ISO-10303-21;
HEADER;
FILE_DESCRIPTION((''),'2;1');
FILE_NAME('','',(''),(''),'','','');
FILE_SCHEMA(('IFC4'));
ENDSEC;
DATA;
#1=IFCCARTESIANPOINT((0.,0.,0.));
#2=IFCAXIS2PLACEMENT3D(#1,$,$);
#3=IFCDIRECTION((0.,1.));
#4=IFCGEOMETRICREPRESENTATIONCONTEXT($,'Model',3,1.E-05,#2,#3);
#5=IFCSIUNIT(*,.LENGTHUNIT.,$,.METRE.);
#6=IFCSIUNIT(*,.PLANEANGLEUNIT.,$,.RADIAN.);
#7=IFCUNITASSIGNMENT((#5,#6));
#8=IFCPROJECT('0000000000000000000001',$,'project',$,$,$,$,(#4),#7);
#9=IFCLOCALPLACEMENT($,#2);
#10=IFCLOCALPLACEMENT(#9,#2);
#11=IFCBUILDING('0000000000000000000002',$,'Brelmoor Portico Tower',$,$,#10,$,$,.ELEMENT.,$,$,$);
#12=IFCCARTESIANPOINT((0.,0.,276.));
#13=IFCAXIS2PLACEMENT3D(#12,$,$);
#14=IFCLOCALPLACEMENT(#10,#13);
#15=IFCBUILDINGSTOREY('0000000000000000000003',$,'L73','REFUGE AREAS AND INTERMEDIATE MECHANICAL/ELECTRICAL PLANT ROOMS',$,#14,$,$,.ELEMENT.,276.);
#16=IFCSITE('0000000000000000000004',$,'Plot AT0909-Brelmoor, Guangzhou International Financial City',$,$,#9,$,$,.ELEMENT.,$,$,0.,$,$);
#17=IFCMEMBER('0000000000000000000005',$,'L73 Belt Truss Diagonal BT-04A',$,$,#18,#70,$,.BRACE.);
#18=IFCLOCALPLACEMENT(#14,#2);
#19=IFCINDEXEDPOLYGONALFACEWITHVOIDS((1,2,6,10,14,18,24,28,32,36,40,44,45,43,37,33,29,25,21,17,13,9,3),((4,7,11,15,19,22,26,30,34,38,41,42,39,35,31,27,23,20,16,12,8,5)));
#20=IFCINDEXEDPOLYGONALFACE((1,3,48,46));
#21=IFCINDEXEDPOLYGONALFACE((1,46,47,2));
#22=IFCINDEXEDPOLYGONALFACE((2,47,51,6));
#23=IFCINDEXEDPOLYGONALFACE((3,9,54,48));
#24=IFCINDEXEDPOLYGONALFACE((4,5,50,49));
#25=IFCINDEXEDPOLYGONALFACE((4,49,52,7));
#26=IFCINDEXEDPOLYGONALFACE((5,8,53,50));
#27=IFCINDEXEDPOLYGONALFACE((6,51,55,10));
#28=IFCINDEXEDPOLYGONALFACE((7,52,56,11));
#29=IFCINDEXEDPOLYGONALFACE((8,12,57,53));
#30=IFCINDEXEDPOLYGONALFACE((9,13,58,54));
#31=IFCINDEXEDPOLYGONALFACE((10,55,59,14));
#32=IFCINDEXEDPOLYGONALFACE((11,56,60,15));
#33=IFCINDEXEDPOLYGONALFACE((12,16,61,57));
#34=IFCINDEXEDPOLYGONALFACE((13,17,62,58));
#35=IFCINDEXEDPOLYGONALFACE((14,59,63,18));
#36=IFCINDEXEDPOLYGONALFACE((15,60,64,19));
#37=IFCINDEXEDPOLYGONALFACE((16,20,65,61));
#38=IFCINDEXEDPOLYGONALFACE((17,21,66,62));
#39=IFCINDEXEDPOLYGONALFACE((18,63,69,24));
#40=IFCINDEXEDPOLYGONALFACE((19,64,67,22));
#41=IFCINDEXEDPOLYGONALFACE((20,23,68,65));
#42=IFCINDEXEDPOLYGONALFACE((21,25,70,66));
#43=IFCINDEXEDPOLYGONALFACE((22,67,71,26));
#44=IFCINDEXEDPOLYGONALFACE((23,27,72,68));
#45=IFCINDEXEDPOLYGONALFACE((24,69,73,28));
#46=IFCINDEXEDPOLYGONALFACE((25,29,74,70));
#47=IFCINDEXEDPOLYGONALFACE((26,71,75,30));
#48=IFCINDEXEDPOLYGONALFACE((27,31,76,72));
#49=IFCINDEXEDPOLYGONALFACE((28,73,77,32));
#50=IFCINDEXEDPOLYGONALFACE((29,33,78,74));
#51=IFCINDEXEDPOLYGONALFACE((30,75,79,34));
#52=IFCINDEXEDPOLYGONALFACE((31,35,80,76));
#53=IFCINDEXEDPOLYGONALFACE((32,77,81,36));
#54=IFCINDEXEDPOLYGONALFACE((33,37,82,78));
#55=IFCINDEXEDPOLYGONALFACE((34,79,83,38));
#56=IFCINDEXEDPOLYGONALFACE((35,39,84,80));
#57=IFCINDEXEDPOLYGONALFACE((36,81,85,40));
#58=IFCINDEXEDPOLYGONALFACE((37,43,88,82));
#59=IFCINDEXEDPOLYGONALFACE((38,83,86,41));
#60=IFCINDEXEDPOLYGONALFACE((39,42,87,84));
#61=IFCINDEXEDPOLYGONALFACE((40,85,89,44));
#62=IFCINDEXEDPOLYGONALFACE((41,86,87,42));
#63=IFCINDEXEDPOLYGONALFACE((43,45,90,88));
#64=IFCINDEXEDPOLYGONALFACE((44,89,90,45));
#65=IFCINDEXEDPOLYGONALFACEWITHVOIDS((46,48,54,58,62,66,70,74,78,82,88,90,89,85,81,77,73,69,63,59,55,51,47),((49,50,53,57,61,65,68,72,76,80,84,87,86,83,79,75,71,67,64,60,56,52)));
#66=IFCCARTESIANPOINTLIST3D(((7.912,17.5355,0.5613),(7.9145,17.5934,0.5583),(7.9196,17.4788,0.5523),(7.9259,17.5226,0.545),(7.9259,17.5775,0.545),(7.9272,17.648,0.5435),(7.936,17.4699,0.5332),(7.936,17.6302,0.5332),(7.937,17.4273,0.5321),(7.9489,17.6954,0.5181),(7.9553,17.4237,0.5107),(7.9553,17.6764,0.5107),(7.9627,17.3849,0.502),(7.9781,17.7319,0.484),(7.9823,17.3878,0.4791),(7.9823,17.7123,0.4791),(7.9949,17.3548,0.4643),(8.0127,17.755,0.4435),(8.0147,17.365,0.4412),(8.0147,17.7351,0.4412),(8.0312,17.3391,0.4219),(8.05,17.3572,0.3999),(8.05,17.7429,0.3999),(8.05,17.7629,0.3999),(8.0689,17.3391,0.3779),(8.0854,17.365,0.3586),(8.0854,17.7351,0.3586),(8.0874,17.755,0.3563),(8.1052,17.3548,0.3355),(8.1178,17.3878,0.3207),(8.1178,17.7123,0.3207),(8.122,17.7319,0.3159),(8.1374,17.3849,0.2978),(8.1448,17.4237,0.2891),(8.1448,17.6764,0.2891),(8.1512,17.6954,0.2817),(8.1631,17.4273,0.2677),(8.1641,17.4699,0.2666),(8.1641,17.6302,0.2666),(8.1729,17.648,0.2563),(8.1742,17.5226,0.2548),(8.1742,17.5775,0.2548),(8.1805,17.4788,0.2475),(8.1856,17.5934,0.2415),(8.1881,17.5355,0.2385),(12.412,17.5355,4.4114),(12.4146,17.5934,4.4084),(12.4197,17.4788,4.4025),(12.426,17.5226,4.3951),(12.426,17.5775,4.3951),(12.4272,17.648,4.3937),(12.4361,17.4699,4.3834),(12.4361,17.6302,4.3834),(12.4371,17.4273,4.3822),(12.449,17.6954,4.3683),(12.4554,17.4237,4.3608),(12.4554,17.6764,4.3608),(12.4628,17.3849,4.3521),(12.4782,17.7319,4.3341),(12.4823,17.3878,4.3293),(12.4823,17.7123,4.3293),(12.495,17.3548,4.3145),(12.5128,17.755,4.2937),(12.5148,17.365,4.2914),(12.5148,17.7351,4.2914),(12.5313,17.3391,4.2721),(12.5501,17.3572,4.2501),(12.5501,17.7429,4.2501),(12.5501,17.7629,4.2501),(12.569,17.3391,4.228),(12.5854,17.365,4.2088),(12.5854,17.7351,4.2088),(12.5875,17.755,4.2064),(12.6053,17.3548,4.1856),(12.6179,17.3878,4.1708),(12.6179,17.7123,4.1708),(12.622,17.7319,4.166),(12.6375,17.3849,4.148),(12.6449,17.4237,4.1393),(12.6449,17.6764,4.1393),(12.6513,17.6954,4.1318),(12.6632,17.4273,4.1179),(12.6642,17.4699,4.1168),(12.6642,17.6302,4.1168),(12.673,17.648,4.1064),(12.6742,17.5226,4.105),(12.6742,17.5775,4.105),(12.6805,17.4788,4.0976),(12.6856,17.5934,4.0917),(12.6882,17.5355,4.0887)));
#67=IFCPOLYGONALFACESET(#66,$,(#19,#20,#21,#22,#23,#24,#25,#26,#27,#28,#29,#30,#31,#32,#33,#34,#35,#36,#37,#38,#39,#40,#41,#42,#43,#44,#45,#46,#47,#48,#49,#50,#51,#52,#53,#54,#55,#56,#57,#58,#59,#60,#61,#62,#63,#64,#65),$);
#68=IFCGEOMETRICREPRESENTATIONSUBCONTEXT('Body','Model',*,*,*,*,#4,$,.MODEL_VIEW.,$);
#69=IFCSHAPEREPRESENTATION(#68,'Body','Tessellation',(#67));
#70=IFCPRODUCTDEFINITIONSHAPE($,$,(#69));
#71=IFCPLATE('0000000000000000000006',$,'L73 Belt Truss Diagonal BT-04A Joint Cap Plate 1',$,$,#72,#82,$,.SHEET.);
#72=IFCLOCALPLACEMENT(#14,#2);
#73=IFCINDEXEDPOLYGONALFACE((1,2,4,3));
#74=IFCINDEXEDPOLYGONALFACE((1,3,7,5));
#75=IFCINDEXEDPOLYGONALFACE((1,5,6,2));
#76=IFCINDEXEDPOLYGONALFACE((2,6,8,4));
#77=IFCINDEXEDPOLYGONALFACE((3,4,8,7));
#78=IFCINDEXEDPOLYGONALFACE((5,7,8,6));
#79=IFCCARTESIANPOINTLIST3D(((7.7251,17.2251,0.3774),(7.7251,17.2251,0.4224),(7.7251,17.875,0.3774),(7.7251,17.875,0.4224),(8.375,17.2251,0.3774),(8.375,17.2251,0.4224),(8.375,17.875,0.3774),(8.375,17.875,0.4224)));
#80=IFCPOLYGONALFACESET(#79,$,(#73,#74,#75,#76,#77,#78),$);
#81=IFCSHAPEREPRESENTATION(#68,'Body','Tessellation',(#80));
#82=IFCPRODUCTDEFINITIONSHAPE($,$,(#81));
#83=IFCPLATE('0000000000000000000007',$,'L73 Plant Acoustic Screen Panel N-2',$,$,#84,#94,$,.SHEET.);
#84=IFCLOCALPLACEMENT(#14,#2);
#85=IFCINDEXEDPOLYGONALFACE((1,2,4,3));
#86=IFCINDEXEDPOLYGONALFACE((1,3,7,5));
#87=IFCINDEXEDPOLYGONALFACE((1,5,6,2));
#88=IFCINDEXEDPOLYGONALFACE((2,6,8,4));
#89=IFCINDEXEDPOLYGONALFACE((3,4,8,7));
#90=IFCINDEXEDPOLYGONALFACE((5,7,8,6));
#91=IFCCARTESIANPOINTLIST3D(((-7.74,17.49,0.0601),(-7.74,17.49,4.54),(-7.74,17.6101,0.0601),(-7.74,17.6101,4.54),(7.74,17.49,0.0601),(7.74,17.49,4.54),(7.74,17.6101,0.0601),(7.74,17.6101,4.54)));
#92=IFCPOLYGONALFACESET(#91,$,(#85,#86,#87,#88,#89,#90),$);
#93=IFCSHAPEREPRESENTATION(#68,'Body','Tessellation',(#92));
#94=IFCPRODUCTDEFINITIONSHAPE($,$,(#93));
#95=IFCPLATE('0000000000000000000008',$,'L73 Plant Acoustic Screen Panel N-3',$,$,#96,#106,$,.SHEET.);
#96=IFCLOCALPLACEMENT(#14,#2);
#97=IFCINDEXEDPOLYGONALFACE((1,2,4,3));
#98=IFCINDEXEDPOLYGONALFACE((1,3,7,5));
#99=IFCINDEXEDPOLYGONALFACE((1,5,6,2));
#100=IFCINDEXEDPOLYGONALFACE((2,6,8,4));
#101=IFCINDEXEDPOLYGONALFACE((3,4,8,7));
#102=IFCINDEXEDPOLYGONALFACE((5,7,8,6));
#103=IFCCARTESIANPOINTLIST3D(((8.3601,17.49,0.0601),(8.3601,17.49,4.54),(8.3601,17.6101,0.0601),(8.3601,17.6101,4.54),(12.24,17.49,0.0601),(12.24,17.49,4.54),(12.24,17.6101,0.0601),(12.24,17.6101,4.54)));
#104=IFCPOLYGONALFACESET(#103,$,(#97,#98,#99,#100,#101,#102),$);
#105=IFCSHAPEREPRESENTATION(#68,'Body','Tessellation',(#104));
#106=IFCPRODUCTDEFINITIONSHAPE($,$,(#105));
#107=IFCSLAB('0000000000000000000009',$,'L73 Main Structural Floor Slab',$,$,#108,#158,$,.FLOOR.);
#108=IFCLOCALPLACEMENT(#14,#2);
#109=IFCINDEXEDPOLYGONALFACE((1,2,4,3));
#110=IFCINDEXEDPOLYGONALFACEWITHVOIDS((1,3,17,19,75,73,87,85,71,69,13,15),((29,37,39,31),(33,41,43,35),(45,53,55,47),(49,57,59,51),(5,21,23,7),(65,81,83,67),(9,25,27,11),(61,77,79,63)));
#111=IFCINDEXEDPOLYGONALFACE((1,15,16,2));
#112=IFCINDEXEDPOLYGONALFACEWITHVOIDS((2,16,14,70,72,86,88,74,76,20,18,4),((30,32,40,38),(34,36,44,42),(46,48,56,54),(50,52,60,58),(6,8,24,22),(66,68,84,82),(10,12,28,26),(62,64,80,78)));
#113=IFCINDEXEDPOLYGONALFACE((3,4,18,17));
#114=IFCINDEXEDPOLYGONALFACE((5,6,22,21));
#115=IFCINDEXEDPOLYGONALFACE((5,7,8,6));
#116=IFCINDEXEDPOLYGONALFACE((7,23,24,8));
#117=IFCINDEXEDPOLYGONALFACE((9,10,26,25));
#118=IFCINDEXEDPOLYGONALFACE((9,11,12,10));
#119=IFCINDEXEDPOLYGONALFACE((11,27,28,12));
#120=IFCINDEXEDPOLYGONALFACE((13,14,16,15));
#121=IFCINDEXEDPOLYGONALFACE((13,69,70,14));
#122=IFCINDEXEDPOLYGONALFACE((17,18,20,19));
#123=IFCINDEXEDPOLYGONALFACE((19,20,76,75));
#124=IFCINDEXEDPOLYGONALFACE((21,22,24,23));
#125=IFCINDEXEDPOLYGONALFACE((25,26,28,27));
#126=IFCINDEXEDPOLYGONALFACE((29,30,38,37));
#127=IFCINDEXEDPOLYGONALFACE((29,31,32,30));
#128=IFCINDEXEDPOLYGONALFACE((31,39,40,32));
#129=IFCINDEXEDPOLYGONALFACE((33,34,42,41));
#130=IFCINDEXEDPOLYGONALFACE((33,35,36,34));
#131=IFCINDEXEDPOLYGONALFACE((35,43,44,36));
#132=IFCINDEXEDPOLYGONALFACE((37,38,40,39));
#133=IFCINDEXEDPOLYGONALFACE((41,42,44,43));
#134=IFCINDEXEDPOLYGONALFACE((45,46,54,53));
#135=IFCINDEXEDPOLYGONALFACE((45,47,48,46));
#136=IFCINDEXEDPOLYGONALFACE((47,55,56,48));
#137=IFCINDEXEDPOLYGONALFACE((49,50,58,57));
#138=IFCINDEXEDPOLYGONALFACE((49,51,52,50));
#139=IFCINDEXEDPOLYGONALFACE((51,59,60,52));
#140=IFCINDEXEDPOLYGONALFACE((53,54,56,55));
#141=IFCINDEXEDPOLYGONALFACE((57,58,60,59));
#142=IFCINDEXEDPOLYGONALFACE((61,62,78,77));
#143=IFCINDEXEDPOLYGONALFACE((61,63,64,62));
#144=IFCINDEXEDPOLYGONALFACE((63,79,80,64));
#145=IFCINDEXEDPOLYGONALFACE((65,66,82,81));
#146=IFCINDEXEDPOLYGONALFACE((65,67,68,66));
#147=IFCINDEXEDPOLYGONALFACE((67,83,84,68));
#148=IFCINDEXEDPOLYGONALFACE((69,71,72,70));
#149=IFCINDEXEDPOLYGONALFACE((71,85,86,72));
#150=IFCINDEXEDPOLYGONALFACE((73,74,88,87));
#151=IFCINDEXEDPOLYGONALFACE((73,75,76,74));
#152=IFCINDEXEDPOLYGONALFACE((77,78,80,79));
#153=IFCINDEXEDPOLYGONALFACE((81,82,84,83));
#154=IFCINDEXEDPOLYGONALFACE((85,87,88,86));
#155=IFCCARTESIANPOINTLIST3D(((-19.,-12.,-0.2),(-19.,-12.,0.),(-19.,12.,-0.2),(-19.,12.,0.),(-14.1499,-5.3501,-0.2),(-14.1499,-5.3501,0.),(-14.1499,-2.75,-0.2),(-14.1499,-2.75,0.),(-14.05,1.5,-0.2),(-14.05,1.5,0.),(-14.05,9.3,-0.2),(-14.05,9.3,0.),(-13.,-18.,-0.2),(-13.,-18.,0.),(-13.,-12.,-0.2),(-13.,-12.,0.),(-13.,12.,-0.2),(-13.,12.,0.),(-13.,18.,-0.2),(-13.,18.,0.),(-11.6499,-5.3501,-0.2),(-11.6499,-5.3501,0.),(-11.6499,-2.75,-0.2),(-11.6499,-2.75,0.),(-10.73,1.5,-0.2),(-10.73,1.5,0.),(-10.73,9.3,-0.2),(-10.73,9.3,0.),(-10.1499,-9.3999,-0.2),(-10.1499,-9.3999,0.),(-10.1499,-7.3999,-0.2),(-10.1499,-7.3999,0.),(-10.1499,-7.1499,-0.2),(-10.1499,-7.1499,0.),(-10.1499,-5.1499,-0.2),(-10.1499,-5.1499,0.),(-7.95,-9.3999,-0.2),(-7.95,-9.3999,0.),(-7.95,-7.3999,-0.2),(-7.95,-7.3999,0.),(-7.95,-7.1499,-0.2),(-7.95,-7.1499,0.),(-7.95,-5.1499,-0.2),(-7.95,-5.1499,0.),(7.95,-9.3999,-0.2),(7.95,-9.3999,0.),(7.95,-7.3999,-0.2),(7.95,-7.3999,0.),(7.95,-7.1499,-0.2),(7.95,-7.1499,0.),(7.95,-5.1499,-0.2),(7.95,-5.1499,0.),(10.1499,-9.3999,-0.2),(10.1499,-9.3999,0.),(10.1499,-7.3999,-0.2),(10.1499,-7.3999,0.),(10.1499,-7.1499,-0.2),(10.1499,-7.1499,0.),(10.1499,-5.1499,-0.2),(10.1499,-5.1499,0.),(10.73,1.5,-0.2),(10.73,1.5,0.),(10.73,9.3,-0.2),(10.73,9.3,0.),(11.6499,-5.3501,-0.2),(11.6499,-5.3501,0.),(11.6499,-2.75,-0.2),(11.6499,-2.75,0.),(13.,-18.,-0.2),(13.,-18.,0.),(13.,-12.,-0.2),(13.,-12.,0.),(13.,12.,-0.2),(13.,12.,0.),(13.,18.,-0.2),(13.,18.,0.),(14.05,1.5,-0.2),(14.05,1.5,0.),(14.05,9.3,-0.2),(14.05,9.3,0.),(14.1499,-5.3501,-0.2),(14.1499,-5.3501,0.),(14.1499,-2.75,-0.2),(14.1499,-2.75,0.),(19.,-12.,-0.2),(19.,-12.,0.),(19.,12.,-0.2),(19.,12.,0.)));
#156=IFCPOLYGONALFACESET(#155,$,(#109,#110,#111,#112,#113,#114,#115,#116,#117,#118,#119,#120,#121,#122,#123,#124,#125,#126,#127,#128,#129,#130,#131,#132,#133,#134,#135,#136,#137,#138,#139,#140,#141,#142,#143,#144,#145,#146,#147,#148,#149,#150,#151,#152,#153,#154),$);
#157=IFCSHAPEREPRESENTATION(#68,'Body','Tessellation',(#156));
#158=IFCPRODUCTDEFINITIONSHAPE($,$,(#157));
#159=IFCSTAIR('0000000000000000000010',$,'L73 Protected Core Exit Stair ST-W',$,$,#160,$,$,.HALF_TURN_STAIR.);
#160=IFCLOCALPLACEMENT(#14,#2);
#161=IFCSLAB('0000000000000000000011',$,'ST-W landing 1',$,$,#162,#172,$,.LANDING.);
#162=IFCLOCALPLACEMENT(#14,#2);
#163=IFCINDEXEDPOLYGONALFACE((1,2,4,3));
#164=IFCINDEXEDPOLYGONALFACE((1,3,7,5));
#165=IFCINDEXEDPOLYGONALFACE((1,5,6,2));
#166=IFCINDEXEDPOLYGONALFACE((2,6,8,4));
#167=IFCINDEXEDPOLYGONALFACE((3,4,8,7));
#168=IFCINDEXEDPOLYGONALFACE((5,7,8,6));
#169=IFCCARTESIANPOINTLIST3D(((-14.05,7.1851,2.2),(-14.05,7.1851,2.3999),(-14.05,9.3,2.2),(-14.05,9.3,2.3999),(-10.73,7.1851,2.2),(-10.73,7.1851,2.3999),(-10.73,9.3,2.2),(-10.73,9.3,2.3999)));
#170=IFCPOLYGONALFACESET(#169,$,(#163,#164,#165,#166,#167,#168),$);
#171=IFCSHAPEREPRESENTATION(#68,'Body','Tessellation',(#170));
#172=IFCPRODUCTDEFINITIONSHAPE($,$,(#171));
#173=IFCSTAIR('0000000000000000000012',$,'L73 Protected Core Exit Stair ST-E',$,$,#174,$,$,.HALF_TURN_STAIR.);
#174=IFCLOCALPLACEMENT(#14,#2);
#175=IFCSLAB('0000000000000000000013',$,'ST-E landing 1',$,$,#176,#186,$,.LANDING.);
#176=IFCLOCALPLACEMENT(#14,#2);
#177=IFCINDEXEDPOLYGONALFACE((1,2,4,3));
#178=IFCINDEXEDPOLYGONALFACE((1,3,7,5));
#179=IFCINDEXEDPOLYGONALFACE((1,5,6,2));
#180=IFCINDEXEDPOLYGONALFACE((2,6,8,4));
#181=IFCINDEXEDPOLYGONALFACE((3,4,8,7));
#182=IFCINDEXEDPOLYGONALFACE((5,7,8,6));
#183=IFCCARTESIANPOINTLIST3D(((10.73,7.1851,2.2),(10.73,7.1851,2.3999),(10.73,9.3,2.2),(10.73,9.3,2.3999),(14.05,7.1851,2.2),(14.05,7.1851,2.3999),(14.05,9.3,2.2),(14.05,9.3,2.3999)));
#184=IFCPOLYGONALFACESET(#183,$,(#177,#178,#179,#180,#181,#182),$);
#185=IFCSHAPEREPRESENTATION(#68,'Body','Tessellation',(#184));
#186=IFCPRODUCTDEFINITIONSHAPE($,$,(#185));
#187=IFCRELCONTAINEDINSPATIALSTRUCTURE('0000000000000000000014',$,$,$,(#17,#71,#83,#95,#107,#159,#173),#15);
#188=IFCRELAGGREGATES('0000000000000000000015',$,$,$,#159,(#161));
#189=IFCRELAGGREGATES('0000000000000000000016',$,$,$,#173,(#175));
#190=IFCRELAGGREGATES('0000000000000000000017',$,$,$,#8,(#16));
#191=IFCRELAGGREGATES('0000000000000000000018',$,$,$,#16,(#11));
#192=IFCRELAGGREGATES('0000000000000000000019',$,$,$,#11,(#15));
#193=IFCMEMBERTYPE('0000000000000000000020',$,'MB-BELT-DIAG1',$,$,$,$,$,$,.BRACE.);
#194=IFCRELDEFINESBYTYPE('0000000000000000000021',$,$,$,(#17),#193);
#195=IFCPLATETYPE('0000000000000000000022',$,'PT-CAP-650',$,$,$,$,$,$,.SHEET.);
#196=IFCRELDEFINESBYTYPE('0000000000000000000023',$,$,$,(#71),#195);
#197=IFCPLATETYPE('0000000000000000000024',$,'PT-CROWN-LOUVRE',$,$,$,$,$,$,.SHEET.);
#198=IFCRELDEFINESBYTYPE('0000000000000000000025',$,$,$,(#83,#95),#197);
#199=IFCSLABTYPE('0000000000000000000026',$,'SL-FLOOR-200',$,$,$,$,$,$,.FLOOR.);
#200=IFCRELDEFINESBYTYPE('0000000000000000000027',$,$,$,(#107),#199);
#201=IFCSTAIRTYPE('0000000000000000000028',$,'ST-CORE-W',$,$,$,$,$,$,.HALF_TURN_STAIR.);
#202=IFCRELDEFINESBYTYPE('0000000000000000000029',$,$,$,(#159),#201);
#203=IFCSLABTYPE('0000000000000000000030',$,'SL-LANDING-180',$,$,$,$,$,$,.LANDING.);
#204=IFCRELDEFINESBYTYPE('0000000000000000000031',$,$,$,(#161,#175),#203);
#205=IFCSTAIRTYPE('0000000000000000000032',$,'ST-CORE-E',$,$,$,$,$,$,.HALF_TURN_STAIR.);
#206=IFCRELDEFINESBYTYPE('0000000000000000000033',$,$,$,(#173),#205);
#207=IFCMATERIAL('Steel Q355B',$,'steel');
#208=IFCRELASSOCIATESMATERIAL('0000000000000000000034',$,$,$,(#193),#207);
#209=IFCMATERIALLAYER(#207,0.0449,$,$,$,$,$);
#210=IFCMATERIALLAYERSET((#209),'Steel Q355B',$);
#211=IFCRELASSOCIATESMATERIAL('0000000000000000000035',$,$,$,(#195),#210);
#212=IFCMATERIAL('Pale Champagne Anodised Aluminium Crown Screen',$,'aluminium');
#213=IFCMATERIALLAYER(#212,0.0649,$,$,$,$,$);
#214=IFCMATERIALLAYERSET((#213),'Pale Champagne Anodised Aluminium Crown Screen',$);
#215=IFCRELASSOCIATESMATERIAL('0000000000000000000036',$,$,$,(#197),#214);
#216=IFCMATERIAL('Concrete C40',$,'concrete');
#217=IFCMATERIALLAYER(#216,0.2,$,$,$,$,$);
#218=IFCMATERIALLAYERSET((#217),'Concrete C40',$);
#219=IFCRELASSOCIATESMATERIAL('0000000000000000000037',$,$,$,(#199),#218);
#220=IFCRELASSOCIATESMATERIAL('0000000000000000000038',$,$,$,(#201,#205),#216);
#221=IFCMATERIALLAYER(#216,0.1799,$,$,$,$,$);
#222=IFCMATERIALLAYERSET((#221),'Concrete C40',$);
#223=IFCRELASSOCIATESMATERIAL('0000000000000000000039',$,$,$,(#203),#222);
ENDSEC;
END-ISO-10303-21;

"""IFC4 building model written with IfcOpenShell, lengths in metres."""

from ifc_helpers import new_model, si_unit, direction, frame, origin, origin_2d, place, context, subcontext, project, spatial, polyline, rectangle, hollow_circle, outline, extrude, material, layer, layer_set, material_profile, profile_set, type_object, element, aggregate, save


model = new_model("IFC4")

# Units and contexts
model_context = context("Model", 3, precision=1e-05, world=origin(), true_north=direction((0.0, 1.0)))
body_context = subcontext(model_context, "Body", "Model", "MODEL_VIEW")
ifc_project = project(units=[si_unit("LENGTHUNIT", "METRE"), si_unit("PLANEANGLEUNIT", "RADIAN")], contexts=[model_context])

# Site, building, storey
site_placement = place(None, origin())
site = spatial("IfcSite", under=ifc_project, at=site_placement, Name="Plot AT0909-Brelmoor, Guangzhou International Financial City", CompositionType="ELEMENT", RefElevation=0.0)
building_placement = place(site_placement, origin())
building = spatial("IfcBuilding", under=site, at=building_placement, Name="Brelmoor Portico Tower", CompositionType="ELEMENT")
storey_placement = place(building_placement, frame((0.0, 0.0, 276.0)))
storey = spatial("IfcBuildingStorey", under=building, at=storey_placement, Name="L73", Description="REFUGE AREAS AND INTERMEDIATE MECHANICAL/ELECTRICAL PLANT ROOMS", CompositionType="ELEMENT", Elevation=276.0)

# Shared definitions
ifc_material_1 = material(Name="Steel Q355B", Category="steel")

# Member
ifc_material_profile_1 = material_profile(ifc_material_1, hollow_circle(Radius=0.2129, WallThickness=0.02, at=origin_2d()), Name="CHS 426x20")
ifc_profile_set_1 = profile_set([ifc_material_profile_1], Name="Steel Q355B")
member_type_1 = type_object("IfcMemberType", Name="MB-BELT-DIAG1", PredefinedType="BRACE", material=ifc_profile_set_1)
member_1_placement = place(storey_placement, frame((8.05, 17.55, 0.3999), z_axis=(0.759844, 0.0, 0.650105), x_axis=(0.0, 1.0, 0.0)))
element("IfcMember", 1, at=member_1_placement, inside=storey, type_object=member_type_1, Name="L73 Belt Truss Diagonal BT-04A", PredefinedType="BRACE", context=body_context, shape_type="SweptSolid", body=[
    extrude(hollow_circle(Radius=0.2129, WallThickness=0.02, at=origin_2d()), origin(), (0.0, 0.0, 1.0), 5.9224),
])

# Plates
ifc_layer_1 = layer(ifc_material_1, 0.0449)
ifc_layer_set_1 = layer_set([ifc_layer_1], Name="Steel Q355B")
plate_type_1 = type_object("IfcPlateType", Name="PT-CAP-650", PredefinedType="SHEET", material=ifc_layer_set_1)
plate_1_placement = place(storey_placement, frame((8.05, 17.55, 0.3774), z_axis=(0.0, 0.0, 1.0), x_axis=(1.0, 0.0, 0.0)))
element("IfcPlate", 2, at=plate_1_placement, inside=storey, type_object=plate_type_1, Name="L73 Belt Truss Diagonal BT-04A Joint Cap Plate 1", PredefinedType="SHEET", context=body_context, shape_type="SweptSolid", body=[
    extrude(rectangle(XDim=0.6499, YDim=0.6499, at=origin_2d()), origin(), (0.0, 0.0, 1.0), 0.0449),
])
ifc_material_2 = material(Name="Pale Champagne Anodised Aluminium Crown Screen", Category="aluminium")
ifc_layer_2 = layer(ifc_material_2, 0.0649)
ifc_layer_set_2 = layer_set([ifc_layer_2], Name="Pale Champagne Anodised Aluminium Crown Screen")
plate_type_2 = type_object("IfcPlateType", Name="PT-CROWN-LOUVRE", PredefinedType="SHEET", material=ifc_layer_set_2)
plate_2_placement = place(storey_placement, frame((0.0, 17.55, 0.0601), z_axis=(0.0, 0.0, 1.0), x_axis=(1.0, 0.0, 0.0)))
element("IfcPlate", 3, at=plate_2_placement, inside=storey, type_object=plate_type_2, Name="L73 Plant Acoustic Screen Panel N-2", PredefinedType="SHEET", context=body_context, shape_type="SweptSolid", body=[
    extrude(rectangle(XDim=15.48, YDim=0.1201, at=origin_2d()), origin(), (0.0, 0.0, 1.0), 4.48),
])
plate_3_placement = place(storey_placement, frame((10.3, 17.55, 0.0601), z_axis=(0.0, 0.0, 1.0), x_axis=(1.0, 0.0, 0.0)))
element("IfcPlate", 4, at=plate_3_placement, inside=storey, type_object=plate_type_2, Name="L73 Plant Acoustic Screen Panel N-3", PredefinedType="SHEET", context=body_context, shape_type="SweptSolid", body=[
    extrude(rectangle(XDim=3.8799, YDim=0.1201, at=origin_2d()), origin(), (0.0, 0.0, 1.0), 4.48),
])

# Slab
ifc_material_3 = material(Name="Concrete C40", Category="concrete")
ifc_layer_3 = layer(ifc_material_3, 0.2)
ifc_layer_set_3 = layer_set([ifc_layer_3], Name="Concrete C40")
slab_type_1 = type_object("IfcSlabType", Name="SL-FLOOR-200", PredefinedType="FLOOR", material=ifc_layer_set_3)
slab_1_placement = place(storey_placement, frame((0.0, 0.0, -0.2)))
element("IfcSlab", 5, at=slab_1_placement, inside=storey, type_object=slab_type_1, Name="L73 Main Structural Floor Slab", PredefinedType="FLOOR", context=body_context, shape_type="SweptSolid", body=[
    extrude(outline(polyline([(-13.0, -18.0), (13.0, -18.0), (13.0, -12.0), (19.0, -12.0), (19.0, 12.0), (13.0, 12.0), (13.0, 18.0), (-13.0, 18.0), (-13.0, 12.0), (-19.0, 12.0), (-19.0, -12.0), (-13.0, -12.0), (-13.0, -18.0)]), holes=[polyline([(-10.73, 1.5), (-10.73, 9.3), (-14.05, 9.3), (-14.05, 1.5), (-10.73, 1.5)]), polyline([(14.05, 1.5), (14.05, 9.3), (10.73, 9.3), (10.73, 1.5), (14.05, 1.5)]), polyline([(-10.1499, -9.3999), (-7.95, -9.3999), (-7.95, -7.3999), (-10.1499, -7.3999), (-10.1499, -9.3999)]), polyline([(-10.1499, -7.1499), (-7.95, -7.1499), (-7.95, -5.1499), (-10.1499, -5.1499), (-10.1499, -7.1499)]), polyline([(7.95, -9.3999), (10.1499, -9.3999), (10.1499, -7.3999), (7.95, -7.3999), (7.95, -9.3999)]), polyline([(7.95, -7.1499), (10.1499, -7.1499), (10.1499, -5.1499), (7.95, -5.1499), (7.95, -7.1499)]), polyline([(-14.1499, -5.3501), (-11.6499, -5.3501), (-11.6499, -2.75), (-14.1499, -2.75), (-14.1499, -5.3501)]), polyline([(11.6499, -5.3501), (14.1499, -5.3501), (14.1499, -2.75), (11.6499, -2.75), (11.6499, -5.3501)])]), origin(), (0.0, 0.0, 1.0), 0.2),
])

# Stairs, slabs
stair_type_1 = type_object("IfcStairType", Name="ST-CORE-W", PredefinedType="HALF_TURN_STAIR", material=ifc_material_3)
stair_1_placement = place(storey_placement, origin())
stair_1 = element("IfcStair", 6, at=stair_1_placement, inside=storey, type_object=stair_type_1, Name="L73 Protected Core Exit Stair ST-W", PredefinedType="HALF_TURN_STAIR")
ifc_layer_4 = layer(ifc_material_3, 0.1799)
ifc_layer_set_4 = layer_set([ifc_layer_4], Name="Concrete C40")
slab_type_2 = type_object("IfcSlabType", Name="SL-LANDING-180", PredefinedType="LANDING", material=ifc_layer_set_4)
slab_2_placement = place(storey_placement, frame((0.0, 0.0, 2.2)))
slab_2 = element("IfcSlab", 7, at=slab_2_placement, type_object=slab_type_2, Name="ST-W landing 1", PredefinedType="LANDING", context=body_context, shape_type="SweptSolid", body=[
    extrude(outline(polyline([(-10.73, 7.1851), (-10.73, 9.3), (-14.05, 9.3), (-14.05, 7.1851), (-10.73, 7.1851)])), origin(), (0.0, 0.0, 1.0), 0.2),
])
aggregate(stair_1, [slab_2])
stair_type_2 = type_object("IfcStairType", Name="ST-CORE-E", PredefinedType="HALF_TURN_STAIR", material=ifc_material_3)
stair_2_placement = place(storey_placement, origin())
stair_2 = element("IfcStair", 8, at=stair_2_placement, inside=storey, type_object=stair_type_2, Name="L73 Protected Core Exit Stair ST-E", PredefinedType="HALF_TURN_STAIR")
slab_3_placement = place(storey_placement, frame((0.0, 0.0, 2.2)))
slab_3 = element("IfcSlab", 9, at=slab_3_placement, type_object=slab_type_2, Name="ST-E landing 1", PredefinedType="LANDING", context=body_context, shape_type="SweptSolid", body=[
    extrude(outline(polyline([(14.05, 7.1851), (14.05, 9.3), (10.73, 9.3), (10.73, 7.1851), (14.05, 7.1851)])), origin(), (0.0, 0.0, 1.0), 0.2),
])

aggregate(stair_2, [slab_3])

save(model, "model.ifc")
